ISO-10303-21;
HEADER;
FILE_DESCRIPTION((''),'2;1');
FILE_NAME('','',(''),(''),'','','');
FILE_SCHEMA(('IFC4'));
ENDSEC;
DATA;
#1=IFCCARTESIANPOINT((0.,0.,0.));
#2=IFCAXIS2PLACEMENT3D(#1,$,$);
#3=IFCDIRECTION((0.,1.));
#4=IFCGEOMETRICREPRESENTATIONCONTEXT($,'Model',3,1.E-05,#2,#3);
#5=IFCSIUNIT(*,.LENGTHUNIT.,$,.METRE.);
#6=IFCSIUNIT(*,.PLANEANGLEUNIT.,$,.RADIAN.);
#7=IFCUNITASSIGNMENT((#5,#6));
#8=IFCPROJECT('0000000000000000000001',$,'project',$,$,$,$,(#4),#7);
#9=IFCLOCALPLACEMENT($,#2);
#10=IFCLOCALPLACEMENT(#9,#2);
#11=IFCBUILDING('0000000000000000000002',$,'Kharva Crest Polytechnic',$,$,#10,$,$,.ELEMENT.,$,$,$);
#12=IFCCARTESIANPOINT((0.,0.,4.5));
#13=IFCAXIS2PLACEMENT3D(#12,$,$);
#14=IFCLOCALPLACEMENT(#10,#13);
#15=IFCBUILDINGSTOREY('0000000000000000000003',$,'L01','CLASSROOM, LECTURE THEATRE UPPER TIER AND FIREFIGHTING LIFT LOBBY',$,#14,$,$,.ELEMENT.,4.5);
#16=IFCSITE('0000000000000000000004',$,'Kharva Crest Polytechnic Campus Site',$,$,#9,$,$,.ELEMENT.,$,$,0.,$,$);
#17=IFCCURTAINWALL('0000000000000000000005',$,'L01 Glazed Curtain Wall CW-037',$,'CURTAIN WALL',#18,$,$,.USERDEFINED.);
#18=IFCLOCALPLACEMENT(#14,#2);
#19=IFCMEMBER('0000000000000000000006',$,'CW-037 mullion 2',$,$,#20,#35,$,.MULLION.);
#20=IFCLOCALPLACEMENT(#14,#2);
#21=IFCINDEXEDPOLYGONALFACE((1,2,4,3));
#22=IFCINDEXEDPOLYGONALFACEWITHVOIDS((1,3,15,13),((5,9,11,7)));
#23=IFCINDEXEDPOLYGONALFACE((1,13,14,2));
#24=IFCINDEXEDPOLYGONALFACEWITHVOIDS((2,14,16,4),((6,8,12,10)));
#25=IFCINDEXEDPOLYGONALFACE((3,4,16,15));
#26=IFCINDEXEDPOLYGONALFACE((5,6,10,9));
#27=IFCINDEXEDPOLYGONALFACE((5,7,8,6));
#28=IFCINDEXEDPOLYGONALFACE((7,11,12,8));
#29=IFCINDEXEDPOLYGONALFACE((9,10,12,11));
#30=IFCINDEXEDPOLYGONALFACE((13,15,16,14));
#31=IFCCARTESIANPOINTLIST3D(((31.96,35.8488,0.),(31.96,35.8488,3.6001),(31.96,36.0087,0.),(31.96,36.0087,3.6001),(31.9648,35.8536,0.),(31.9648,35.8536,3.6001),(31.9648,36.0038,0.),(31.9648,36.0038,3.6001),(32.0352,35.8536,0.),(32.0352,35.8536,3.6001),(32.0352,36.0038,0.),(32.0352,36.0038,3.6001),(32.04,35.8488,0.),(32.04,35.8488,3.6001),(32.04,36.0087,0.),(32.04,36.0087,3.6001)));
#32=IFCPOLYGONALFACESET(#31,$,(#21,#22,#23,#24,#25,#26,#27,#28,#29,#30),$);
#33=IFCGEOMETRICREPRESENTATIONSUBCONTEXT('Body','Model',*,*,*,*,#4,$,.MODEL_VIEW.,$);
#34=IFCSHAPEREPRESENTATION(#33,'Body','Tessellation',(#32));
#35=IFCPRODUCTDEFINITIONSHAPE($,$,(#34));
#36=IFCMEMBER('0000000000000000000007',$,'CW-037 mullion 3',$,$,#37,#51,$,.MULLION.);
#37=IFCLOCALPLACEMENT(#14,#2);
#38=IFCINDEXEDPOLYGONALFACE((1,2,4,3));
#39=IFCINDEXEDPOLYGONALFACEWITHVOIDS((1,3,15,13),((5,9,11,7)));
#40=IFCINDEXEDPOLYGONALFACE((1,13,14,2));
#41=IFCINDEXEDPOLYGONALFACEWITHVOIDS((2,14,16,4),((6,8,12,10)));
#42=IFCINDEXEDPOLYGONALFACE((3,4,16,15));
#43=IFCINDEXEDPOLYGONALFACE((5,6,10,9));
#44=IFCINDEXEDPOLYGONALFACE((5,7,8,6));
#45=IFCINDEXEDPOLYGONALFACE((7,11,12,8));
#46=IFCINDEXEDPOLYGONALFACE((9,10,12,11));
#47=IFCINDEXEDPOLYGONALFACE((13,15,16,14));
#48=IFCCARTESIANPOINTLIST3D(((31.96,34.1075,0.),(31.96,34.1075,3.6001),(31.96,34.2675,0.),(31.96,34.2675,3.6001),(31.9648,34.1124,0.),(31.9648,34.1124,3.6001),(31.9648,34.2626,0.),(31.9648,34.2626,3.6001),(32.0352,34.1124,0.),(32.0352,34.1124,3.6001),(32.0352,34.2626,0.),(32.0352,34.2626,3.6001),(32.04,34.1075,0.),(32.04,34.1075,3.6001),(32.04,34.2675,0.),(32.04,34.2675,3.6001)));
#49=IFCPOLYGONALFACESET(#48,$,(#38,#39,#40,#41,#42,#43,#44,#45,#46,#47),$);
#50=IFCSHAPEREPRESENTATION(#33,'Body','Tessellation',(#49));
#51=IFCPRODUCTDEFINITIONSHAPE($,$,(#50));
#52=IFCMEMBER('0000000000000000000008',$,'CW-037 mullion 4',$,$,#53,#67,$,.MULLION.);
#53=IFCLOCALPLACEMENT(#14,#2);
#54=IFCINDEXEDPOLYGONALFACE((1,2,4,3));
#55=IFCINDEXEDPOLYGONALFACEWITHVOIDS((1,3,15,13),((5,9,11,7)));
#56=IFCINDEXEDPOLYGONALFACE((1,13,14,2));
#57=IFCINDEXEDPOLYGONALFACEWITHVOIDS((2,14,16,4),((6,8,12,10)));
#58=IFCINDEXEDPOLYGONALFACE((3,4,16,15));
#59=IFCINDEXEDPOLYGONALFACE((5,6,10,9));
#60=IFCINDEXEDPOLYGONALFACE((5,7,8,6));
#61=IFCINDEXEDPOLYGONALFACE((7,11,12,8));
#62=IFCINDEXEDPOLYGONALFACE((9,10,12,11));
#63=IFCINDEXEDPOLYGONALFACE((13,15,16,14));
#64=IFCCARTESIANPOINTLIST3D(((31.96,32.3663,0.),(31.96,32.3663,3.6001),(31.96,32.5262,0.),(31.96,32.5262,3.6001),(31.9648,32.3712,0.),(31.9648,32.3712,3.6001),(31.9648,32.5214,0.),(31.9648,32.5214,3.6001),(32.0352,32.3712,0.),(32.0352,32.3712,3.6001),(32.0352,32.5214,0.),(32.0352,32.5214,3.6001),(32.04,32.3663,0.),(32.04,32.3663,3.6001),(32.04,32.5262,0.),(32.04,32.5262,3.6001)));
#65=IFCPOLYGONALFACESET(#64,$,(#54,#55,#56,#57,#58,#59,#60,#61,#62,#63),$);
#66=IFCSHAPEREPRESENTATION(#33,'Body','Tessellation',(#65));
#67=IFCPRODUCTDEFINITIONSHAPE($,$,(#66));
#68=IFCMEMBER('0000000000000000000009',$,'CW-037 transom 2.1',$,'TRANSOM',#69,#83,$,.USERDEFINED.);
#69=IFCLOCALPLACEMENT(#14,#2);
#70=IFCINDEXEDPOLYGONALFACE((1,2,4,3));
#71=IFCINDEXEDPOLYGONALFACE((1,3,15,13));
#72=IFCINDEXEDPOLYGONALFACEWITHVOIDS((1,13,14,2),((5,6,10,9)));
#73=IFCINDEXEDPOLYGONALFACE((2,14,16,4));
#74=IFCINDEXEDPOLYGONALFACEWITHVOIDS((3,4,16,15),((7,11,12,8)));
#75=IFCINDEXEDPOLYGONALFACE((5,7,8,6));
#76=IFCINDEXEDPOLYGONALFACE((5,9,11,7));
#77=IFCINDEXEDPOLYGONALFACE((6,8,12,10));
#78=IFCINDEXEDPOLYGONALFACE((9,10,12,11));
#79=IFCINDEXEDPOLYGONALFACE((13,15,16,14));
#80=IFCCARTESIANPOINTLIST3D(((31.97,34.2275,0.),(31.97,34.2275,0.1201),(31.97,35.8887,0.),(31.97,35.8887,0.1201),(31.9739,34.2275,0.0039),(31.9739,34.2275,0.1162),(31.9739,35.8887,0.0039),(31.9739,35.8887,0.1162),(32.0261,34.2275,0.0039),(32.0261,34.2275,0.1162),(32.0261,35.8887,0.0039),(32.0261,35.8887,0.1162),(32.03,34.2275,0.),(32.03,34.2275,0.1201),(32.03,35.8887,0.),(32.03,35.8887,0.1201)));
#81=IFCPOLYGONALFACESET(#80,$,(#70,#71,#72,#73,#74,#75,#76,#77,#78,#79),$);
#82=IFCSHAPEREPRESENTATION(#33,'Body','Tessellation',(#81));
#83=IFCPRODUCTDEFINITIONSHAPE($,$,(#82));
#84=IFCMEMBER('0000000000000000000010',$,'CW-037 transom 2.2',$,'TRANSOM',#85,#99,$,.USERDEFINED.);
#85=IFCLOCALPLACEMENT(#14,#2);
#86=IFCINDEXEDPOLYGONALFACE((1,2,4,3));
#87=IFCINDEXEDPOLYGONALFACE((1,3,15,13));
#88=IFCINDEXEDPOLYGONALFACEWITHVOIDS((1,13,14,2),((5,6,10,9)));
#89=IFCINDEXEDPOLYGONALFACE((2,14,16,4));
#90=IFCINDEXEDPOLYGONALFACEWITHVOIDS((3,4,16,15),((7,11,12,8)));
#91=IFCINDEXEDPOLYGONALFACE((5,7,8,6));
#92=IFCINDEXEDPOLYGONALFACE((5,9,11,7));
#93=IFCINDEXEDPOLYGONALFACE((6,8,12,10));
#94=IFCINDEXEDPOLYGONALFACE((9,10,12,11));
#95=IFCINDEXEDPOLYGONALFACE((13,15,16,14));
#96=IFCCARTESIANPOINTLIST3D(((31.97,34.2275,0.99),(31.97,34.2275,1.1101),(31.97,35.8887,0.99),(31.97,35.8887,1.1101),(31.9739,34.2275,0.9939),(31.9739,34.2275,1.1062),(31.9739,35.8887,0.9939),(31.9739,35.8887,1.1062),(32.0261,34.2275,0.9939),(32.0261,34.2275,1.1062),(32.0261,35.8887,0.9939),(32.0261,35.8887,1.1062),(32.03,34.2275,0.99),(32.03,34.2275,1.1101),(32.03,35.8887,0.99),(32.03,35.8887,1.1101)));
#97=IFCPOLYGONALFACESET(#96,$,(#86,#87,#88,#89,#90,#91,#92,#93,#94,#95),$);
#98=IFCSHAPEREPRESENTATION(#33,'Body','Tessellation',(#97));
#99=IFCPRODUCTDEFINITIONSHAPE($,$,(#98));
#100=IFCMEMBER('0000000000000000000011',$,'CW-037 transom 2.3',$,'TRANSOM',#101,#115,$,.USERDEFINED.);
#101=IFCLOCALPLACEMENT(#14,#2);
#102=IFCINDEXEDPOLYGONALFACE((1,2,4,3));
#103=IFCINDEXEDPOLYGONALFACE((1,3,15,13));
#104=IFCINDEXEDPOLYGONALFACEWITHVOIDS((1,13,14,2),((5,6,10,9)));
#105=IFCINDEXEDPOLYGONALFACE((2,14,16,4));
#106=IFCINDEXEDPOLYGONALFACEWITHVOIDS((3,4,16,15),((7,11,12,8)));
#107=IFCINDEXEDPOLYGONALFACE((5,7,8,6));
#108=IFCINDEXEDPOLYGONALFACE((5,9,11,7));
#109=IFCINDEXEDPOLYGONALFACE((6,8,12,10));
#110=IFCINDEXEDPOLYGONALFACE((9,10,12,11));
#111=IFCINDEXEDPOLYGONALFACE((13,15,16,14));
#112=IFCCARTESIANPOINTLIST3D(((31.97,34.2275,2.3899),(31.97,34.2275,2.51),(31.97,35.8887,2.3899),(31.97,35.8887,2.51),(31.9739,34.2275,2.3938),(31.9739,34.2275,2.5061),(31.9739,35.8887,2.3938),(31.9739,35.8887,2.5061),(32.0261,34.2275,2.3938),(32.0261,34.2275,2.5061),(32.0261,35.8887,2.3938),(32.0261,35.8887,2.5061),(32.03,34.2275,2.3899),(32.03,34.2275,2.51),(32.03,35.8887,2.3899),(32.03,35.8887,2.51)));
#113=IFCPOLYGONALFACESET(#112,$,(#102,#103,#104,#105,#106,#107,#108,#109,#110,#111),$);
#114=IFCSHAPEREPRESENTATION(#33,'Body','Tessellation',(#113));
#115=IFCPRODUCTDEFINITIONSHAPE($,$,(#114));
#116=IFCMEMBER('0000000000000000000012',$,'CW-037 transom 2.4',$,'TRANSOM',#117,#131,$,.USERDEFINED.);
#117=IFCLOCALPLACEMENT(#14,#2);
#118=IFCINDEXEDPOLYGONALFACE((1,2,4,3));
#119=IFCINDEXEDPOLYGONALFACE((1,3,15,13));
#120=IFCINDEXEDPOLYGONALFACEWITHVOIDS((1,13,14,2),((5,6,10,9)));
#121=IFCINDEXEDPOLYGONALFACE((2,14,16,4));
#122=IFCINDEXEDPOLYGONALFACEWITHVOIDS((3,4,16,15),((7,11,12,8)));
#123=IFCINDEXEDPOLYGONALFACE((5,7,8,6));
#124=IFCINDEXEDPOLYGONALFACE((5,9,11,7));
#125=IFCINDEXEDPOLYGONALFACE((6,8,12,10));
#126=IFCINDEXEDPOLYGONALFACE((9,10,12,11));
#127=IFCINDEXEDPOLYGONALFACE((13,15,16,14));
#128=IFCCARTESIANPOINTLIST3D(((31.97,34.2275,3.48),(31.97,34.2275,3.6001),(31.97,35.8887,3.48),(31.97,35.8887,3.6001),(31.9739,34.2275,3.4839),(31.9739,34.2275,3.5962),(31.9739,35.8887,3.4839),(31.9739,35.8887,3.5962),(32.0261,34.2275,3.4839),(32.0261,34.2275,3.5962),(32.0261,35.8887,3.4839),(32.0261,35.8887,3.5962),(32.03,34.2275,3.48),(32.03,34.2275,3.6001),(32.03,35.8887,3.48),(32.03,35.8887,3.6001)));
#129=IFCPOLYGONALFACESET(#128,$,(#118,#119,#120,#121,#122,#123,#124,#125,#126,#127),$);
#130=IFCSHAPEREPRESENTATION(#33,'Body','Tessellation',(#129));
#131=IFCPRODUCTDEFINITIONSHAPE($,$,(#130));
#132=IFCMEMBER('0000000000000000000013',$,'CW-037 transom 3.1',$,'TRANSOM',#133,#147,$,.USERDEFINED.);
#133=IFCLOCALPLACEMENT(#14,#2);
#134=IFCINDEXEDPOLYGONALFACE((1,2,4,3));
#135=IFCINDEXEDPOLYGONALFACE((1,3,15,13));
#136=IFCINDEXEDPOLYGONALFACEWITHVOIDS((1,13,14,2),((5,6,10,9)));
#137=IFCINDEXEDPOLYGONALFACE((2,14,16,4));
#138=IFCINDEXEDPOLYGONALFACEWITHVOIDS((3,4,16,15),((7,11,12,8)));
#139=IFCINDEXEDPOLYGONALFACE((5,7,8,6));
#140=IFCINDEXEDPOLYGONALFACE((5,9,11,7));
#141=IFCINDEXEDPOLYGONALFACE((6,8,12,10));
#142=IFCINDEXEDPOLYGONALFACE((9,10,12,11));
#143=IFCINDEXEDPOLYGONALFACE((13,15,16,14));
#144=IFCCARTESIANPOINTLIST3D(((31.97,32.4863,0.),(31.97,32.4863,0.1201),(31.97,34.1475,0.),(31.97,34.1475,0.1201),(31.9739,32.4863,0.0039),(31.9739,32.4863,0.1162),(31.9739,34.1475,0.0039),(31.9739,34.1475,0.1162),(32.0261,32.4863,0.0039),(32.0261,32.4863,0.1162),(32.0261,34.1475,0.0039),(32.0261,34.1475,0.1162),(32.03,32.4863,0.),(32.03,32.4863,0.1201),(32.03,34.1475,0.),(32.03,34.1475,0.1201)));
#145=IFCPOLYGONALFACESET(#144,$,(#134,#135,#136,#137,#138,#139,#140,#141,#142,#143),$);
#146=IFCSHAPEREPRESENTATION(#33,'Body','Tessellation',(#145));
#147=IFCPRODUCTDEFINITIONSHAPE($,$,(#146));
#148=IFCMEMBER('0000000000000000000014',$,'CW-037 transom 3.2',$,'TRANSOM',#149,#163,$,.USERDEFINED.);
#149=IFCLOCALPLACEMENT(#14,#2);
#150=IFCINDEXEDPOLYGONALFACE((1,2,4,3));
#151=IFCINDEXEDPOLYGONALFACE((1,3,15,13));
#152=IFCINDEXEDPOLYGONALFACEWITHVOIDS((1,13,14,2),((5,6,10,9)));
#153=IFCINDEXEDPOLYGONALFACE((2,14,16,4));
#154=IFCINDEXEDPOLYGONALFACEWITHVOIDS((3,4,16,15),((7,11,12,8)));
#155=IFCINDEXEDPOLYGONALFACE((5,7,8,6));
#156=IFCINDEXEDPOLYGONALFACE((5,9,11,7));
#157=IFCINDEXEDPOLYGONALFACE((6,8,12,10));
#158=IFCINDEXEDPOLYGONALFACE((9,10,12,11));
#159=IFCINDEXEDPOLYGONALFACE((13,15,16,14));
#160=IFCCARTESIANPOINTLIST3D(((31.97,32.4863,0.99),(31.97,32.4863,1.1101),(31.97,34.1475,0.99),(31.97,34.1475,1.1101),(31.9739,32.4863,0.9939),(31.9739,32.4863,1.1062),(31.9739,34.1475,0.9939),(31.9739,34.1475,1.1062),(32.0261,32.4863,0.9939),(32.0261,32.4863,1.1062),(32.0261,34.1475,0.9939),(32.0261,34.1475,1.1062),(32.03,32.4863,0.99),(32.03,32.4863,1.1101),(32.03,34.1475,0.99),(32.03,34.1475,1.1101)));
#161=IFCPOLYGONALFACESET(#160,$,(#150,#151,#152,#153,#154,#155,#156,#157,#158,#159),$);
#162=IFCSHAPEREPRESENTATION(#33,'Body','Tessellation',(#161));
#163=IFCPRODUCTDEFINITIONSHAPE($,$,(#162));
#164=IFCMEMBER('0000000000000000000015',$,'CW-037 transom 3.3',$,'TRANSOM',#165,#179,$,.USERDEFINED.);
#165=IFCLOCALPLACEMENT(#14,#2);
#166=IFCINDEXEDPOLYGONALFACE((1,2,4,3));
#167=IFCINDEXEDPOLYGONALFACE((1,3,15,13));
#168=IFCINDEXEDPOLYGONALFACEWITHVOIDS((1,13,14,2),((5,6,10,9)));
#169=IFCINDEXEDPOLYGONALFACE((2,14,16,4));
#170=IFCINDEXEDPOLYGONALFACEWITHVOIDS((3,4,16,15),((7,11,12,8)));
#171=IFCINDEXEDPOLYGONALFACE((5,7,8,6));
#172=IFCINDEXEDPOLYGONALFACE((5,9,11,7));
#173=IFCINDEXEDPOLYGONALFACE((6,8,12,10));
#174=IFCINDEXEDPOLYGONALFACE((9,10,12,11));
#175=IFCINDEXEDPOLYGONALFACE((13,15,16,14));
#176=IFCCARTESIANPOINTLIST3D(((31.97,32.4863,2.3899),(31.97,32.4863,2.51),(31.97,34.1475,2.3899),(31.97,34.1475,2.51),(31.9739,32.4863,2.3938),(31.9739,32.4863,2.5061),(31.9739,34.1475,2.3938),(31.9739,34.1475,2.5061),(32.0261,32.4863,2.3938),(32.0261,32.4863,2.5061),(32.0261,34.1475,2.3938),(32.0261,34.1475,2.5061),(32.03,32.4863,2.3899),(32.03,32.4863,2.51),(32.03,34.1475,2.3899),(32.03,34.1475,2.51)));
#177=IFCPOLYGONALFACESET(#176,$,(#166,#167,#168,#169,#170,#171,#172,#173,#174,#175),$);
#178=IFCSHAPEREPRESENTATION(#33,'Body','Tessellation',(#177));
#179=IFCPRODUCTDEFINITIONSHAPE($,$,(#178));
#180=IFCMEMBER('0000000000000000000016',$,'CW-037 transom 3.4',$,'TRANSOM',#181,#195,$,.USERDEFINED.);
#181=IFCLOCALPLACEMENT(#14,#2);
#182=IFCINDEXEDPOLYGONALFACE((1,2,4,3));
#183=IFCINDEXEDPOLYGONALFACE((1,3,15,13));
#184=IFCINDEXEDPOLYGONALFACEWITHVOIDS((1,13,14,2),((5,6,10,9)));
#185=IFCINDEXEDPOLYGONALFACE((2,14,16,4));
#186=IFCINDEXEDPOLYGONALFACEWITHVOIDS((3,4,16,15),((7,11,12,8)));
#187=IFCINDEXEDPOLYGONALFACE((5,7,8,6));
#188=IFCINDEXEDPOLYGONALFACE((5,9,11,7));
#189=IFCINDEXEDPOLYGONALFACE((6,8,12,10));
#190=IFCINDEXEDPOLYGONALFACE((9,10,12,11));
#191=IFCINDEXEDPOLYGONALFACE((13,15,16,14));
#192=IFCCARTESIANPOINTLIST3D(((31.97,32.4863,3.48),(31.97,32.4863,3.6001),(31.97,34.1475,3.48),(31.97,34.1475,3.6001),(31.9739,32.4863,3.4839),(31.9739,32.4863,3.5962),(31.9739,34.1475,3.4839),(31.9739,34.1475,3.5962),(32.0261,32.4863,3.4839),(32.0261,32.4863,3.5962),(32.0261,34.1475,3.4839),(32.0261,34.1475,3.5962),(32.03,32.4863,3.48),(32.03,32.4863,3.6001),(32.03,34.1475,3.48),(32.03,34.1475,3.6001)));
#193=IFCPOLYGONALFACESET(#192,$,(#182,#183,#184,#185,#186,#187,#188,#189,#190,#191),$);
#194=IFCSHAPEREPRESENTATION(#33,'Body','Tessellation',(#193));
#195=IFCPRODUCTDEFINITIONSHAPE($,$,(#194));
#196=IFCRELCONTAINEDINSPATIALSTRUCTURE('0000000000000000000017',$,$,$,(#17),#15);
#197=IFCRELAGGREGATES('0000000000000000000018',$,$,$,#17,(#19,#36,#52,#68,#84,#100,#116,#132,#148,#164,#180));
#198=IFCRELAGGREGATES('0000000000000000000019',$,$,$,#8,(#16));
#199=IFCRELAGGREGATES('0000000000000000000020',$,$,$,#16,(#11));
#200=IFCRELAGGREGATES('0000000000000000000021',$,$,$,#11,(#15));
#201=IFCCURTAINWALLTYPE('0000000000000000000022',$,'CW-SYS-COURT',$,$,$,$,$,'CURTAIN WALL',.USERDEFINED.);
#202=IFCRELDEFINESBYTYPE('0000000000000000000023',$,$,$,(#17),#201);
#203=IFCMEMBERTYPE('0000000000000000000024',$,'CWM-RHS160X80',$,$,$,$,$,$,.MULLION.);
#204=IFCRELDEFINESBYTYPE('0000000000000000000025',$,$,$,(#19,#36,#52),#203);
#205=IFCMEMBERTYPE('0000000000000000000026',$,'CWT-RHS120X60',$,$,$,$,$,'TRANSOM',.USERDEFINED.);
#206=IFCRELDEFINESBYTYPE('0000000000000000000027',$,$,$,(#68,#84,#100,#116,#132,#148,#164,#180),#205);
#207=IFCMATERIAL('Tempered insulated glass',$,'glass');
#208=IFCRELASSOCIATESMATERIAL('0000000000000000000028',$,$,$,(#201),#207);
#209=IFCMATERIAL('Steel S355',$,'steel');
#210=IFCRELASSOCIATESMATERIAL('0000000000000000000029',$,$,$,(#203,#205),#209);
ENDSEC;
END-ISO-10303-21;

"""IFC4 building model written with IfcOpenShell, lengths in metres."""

from ifc_helpers import new_model, si_unit, direction, frame, origin, origin_2d, place, context, subcontext, project, spatial, hollow_rectangle, extrude, material, material_profile, profile_set, type_object, element, aggregate, save


model = new_model("IFC4")

# Units and contexts
model_context = context("Model", 3, precision=1e-05, world=origin(), true_north=direction((0.0, 1.0)))
body_context = subcontext(model_context, "Body", "Model", "MODEL_VIEW")
ifc_project = project(units=[si_unit("LENGTHUNIT", "METRE"), si_unit("PLANEANGLEUNIT", "RADIAN")], contexts=[model_context])

# Site, building, storey
site_placement = place(None, origin())
site = spatial("IfcSite", under=ifc_project, at=site_placement, Name="Kharva Crest Polytechnic Campus Site", CompositionType="ELEMENT", RefElevation=0.0)
building_placement = place(site_placement, origin())
building = spatial("IfcBuilding", under=site, at=building_placement, Name="Kharva Crest Polytechnic", CompositionType="ELEMENT")
storey_placement = place(building_placement, frame((0.0, 0.0, 4.5)))
storey = spatial("IfcBuildingStorey", under=building, at=storey_placement, Name="L01", Description="CLASSROOM, LECTURE THEATRE UPPER TIER AND FIREFIGHTING LIFT LOBBY", CompositionType="ELEMENT", Elevation=4.5)

# Curtain wall, members
ifc_material_1 = material(Name="Tempered insulated glass", Category="glass")
curtain_wall_type = type_object("IfcCurtainWallType", Name="CW-SYS-COURT", ElementType="CURTAIN WALL", PredefinedType="USERDEFINED", material=ifc_material_1)
curtain_wall_placement = place(storey_placement, origin())
curtain_wall = element("IfcCurtainWall", 1, at=curtain_wall_placement, inside=storey, type_object=curtain_wall_type, Name="L01 Glazed Curtain Wall CW-037", ObjectType="CURTAIN WALL", PredefinedType="USERDEFINED")
ifc_material_2 = material(Name="Steel S355", Category="steel")
ifc_material_profile_1 = material_profile(ifc_material_2, hollow_rectangle(XDim=0.0801, YDim=0.1599, WallThickness=0.0049, at=origin_2d()), Name="RHS 160X80X5.0")
ifc_profile_set_1 = profile_set([ifc_material_profile_1], Name="Steel S355")
member_type_1 = type_object("IfcMemberType", Name="CWM-RHS160X80", PredefinedType="MULLION", material=ifc_profile_set_1)
member_1_placement = place(storey_placement, frame((32.0, 35.9287, 0.0), z_axis=(0.0, 0.0, 1.0), x_axis=(1.0, 0.0, 0.0)))
member_1 = element("IfcMember", 2, at=member_1_placement, type_object=member_type_1, Name="CW-037 mullion 2", PredefinedType="MULLION", context=body_context, shape_type="SweptSolid", body=[
    extrude(hollow_rectangle(XDim=0.0801, YDim=0.1599, WallThickness=0.0049, at=origin_2d()), origin(), (0.0, 0.0, 1.0), 3.6001),
])
member_2_placement = place(storey_placement, frame((32.0, 34.1875, 0.0), z_axis=(0.0, 0.0, 1.0), x_axis=(1.0, 0.0, 0.0)))
member_2 = element("IfcMember", 3, at=member_2_placement, type_object=member_type_1, Name="CW-037 mullion 3", PredefinedType="MULLION", context=body_context, shape_type="SweptSolid", body=[
    extrude(hollow_rectangle(XDim=0.0801, YDim=0.1599, WallThickness=0.0049, at=origin_2d()), origin(), (0.0, 0.0, 1.0), 3.6001),
])
member_3_placement = place(storey_placement, frame((32.0, 32.4463, 0.0), z_axis=(0.0, 0.0, 1.0), x_axis=(1.0, 0.0, 0.0)))
member_3 = element("IfcMember", 4, at=member_3_placement, type_object=member_type_1, Name="CW-037 mullion 4", PredefinedType="MULLION", context=body_context, shape_type="SweptSolid", body=[
    extrude(hollow_rectangle(XDim=0.0801, YDim=0.1599, WallThickness=0.0049, at=origin_2d()), origin(), (0.0, 0.0, 1.0), 3.6001),
])
ifc_material_profile_2 = material_profile(ifc_material_2, hollow_rectangle(XDim=0.0601, YDim=0.1201, WallThickness=0.0039, at=origin_2d()), Name="RHS 120X60X4.0")
ifc_profile_set_2 = profile_set([ifc_material_profile_2], Name="Steel S355")
member_type_2 = type_object("IfcMemberType", Name="CWT-RHS120X60", ElementType="TRANSOM", PredefinedType="USERDEFINED", material=ifc_profile_set_2)
member_4_placement = place(storey_placement, frame((32.0, 35.8887, 0.0601), z_axis=(0.0, -1.0, 0.0), x_axis=(1.0, 0.0, 0.0)))
member_4 = element("IfcMember", 5, at=member_4_placement, type_object=member_type_2, Name="CW-037 transom 2.1", ObjectType="TRANSOM", PredefinedType="USERDEFINED", context=body_context, shape_type="SweptSolid", body=[
    extrude(hollow_rectangle(XDim=0.0601, YDim=0.1201, WallThickness=0.0039, at=origin_2d()), origin(), (0.0, 0.0, 1.0), 1.6611),
])
member_5_placement = place(storey_placement, frame((32.0, 35.8887, 1.05), z_axis=(0.0, -1.0, 0.0), x_axis=(1.0, 0.0, 0.0)))
member_5 = element("IfcMember", 6, at=member_5_placement, type_object=member_type_2, Name="CW-037 transom 2.2", ObjectType="TRANSOM", PredefinedType="USERDEFINED", context=body_context, shape_type="SweptSolid", body=[
    extrude(hollow_rectangle(XDim=0.0601, YDim=0.1201, WallThickness=0.0039, at=origin_2d()), origin(), (0.0, 0.0, 1.0), 1.6611),
])
member_6_placement = place(storey_placement, frame((32.0, 35.8887, 2.45), z_axis=(0.0, -1.0, 0.0), x_axis=(1.0, 0.0, 0.0)))
member_6 = element("IfcMember", 7, at=member_6_placement, type_object=member_type_2, Name="CW-037 transom 2.3", ObjectType="TRANSOM", PredefinedType="USERDEFINED", context=body_context, shape_type="SweptSolid", body=[
    extrude(hollow_rectangle(XDim=0.0601, YDim=0.1201, WallThickness=0.0039, at=origin_2d()), origin(), (0.0, 0.0, 1.0), 1.6611),
])
member_7_placement = place(storey_placement, frame((32.0, 35.8887, 3.54), z_axis=(0.0, -1.0, 0.0), x_axis=(1.0, 0.0, 0.0)))
member_7 = element("IfcMember", 8, at=member_7_placement, type_object=member_type_2, Name="CW-037 transom 2.4", ObjectType="TRANSOM", PredefinedType="USERDEFINED", context=body_context, shape_type="SweptSolid", body=[
    extrude(hollow_rectangle(XDim=0.0601, YDim=0.1201, WallThickness=0.0039, at=origin_2d()), origin(), (0.0, 0.0, 1.0), 1.6611),
])
member_8_placement = place(storey_placement, frame((32.0, 34.1475, 0.0601), z_axis=(0.0, -1.0, 0.0), x_axis=(1.0, 0.0, 0.0)))
member_8 = element("IfcMember", 9, at=member_8_placement, type_object=member_type_2, Name="CW-037 transom 3.1", ObjectType="TRANSOM", PredefinedType="USERDEFINED", context=body_context, shape_type="SweptSolid", body=[
    extrude(hollow_rectangle(XDim=0.0601, YDim=0.1201, WallThickness=0.0039, at=origin_2d()), origin(), (0.0, 0.0, 1.0), 1.6611),
])
member_9_placement = place(storey_placement, frame((32.0, 34.1475, 1.05), z_axis=(0.0, -1.0, 0.0), x_axis=(1.0, 0.0, 0.0)))
member_9 = element("IfcMember", 10, at=member_9_placement, type_object=member_type_2, Name="CW-037 transom 3.2", ObjectType="TRANSOM", PredefinedType="USERDEFINED", context=body_context, shape_type="SweptSolid", body=[
    extrude(hollow_rectangle(XDim=0.0601, YDim=0.1201, WallThickness=0.0039, at=origin_2d()), origin(), (0.0, 0.0, 1.0), 1.6611),
])
member_10_placement = place(storey_placement, frame((32.0, 34.1475, 2.45), z_axis=(0.0, -1.0, 0.0), x_axis=(1.0, 0.0, 0.0)))
member_10 = element("IfcMember", 11, at=member_10_placement, type_object=member_type_2, Name="CW-037 transom 3.3", ObjectType="TRANSOM", PredefinedType="USERDEFINED", context=body_context, shape_type="SweptSolid", body=[
    extrude(hollow_rectangle(XDim=0.0601, YDim=0.1201, WallThickness=0.0039, at=origin_2d()), origin(), (0.0, 0.0, 1.0), 1.6611),
])
member_11_placement = place(storey_placement, frame((32.0, 34.1475, 3.54), z_axis=(0.0, -1.0, 0.0), x_axis=(1.0, 0.0, 0.0)))
member_11 = element("IfcMember", 12, at=member_11_placement, type_object=member_type_2, Name="CW-037 transom 3.4", ObjectType="TRANSOM", PredefinedType="USERDEFINED", context=body_context, shape_type="SweptSolid", body=[
    extrude(hollow_rectangle(XDim=0.0601, YDim=0.1201, WallThickness=0.0039, at=origin_2d()), origin(), (0.0, 0.0, 1.0), 1.6611),
])
aggregate(curtain_wall, [member_1, member_2, member_3, member_4, member_5, member_6, member_7, member_8, member_9, member_10, member_11])

save(model, "model.ifc")
